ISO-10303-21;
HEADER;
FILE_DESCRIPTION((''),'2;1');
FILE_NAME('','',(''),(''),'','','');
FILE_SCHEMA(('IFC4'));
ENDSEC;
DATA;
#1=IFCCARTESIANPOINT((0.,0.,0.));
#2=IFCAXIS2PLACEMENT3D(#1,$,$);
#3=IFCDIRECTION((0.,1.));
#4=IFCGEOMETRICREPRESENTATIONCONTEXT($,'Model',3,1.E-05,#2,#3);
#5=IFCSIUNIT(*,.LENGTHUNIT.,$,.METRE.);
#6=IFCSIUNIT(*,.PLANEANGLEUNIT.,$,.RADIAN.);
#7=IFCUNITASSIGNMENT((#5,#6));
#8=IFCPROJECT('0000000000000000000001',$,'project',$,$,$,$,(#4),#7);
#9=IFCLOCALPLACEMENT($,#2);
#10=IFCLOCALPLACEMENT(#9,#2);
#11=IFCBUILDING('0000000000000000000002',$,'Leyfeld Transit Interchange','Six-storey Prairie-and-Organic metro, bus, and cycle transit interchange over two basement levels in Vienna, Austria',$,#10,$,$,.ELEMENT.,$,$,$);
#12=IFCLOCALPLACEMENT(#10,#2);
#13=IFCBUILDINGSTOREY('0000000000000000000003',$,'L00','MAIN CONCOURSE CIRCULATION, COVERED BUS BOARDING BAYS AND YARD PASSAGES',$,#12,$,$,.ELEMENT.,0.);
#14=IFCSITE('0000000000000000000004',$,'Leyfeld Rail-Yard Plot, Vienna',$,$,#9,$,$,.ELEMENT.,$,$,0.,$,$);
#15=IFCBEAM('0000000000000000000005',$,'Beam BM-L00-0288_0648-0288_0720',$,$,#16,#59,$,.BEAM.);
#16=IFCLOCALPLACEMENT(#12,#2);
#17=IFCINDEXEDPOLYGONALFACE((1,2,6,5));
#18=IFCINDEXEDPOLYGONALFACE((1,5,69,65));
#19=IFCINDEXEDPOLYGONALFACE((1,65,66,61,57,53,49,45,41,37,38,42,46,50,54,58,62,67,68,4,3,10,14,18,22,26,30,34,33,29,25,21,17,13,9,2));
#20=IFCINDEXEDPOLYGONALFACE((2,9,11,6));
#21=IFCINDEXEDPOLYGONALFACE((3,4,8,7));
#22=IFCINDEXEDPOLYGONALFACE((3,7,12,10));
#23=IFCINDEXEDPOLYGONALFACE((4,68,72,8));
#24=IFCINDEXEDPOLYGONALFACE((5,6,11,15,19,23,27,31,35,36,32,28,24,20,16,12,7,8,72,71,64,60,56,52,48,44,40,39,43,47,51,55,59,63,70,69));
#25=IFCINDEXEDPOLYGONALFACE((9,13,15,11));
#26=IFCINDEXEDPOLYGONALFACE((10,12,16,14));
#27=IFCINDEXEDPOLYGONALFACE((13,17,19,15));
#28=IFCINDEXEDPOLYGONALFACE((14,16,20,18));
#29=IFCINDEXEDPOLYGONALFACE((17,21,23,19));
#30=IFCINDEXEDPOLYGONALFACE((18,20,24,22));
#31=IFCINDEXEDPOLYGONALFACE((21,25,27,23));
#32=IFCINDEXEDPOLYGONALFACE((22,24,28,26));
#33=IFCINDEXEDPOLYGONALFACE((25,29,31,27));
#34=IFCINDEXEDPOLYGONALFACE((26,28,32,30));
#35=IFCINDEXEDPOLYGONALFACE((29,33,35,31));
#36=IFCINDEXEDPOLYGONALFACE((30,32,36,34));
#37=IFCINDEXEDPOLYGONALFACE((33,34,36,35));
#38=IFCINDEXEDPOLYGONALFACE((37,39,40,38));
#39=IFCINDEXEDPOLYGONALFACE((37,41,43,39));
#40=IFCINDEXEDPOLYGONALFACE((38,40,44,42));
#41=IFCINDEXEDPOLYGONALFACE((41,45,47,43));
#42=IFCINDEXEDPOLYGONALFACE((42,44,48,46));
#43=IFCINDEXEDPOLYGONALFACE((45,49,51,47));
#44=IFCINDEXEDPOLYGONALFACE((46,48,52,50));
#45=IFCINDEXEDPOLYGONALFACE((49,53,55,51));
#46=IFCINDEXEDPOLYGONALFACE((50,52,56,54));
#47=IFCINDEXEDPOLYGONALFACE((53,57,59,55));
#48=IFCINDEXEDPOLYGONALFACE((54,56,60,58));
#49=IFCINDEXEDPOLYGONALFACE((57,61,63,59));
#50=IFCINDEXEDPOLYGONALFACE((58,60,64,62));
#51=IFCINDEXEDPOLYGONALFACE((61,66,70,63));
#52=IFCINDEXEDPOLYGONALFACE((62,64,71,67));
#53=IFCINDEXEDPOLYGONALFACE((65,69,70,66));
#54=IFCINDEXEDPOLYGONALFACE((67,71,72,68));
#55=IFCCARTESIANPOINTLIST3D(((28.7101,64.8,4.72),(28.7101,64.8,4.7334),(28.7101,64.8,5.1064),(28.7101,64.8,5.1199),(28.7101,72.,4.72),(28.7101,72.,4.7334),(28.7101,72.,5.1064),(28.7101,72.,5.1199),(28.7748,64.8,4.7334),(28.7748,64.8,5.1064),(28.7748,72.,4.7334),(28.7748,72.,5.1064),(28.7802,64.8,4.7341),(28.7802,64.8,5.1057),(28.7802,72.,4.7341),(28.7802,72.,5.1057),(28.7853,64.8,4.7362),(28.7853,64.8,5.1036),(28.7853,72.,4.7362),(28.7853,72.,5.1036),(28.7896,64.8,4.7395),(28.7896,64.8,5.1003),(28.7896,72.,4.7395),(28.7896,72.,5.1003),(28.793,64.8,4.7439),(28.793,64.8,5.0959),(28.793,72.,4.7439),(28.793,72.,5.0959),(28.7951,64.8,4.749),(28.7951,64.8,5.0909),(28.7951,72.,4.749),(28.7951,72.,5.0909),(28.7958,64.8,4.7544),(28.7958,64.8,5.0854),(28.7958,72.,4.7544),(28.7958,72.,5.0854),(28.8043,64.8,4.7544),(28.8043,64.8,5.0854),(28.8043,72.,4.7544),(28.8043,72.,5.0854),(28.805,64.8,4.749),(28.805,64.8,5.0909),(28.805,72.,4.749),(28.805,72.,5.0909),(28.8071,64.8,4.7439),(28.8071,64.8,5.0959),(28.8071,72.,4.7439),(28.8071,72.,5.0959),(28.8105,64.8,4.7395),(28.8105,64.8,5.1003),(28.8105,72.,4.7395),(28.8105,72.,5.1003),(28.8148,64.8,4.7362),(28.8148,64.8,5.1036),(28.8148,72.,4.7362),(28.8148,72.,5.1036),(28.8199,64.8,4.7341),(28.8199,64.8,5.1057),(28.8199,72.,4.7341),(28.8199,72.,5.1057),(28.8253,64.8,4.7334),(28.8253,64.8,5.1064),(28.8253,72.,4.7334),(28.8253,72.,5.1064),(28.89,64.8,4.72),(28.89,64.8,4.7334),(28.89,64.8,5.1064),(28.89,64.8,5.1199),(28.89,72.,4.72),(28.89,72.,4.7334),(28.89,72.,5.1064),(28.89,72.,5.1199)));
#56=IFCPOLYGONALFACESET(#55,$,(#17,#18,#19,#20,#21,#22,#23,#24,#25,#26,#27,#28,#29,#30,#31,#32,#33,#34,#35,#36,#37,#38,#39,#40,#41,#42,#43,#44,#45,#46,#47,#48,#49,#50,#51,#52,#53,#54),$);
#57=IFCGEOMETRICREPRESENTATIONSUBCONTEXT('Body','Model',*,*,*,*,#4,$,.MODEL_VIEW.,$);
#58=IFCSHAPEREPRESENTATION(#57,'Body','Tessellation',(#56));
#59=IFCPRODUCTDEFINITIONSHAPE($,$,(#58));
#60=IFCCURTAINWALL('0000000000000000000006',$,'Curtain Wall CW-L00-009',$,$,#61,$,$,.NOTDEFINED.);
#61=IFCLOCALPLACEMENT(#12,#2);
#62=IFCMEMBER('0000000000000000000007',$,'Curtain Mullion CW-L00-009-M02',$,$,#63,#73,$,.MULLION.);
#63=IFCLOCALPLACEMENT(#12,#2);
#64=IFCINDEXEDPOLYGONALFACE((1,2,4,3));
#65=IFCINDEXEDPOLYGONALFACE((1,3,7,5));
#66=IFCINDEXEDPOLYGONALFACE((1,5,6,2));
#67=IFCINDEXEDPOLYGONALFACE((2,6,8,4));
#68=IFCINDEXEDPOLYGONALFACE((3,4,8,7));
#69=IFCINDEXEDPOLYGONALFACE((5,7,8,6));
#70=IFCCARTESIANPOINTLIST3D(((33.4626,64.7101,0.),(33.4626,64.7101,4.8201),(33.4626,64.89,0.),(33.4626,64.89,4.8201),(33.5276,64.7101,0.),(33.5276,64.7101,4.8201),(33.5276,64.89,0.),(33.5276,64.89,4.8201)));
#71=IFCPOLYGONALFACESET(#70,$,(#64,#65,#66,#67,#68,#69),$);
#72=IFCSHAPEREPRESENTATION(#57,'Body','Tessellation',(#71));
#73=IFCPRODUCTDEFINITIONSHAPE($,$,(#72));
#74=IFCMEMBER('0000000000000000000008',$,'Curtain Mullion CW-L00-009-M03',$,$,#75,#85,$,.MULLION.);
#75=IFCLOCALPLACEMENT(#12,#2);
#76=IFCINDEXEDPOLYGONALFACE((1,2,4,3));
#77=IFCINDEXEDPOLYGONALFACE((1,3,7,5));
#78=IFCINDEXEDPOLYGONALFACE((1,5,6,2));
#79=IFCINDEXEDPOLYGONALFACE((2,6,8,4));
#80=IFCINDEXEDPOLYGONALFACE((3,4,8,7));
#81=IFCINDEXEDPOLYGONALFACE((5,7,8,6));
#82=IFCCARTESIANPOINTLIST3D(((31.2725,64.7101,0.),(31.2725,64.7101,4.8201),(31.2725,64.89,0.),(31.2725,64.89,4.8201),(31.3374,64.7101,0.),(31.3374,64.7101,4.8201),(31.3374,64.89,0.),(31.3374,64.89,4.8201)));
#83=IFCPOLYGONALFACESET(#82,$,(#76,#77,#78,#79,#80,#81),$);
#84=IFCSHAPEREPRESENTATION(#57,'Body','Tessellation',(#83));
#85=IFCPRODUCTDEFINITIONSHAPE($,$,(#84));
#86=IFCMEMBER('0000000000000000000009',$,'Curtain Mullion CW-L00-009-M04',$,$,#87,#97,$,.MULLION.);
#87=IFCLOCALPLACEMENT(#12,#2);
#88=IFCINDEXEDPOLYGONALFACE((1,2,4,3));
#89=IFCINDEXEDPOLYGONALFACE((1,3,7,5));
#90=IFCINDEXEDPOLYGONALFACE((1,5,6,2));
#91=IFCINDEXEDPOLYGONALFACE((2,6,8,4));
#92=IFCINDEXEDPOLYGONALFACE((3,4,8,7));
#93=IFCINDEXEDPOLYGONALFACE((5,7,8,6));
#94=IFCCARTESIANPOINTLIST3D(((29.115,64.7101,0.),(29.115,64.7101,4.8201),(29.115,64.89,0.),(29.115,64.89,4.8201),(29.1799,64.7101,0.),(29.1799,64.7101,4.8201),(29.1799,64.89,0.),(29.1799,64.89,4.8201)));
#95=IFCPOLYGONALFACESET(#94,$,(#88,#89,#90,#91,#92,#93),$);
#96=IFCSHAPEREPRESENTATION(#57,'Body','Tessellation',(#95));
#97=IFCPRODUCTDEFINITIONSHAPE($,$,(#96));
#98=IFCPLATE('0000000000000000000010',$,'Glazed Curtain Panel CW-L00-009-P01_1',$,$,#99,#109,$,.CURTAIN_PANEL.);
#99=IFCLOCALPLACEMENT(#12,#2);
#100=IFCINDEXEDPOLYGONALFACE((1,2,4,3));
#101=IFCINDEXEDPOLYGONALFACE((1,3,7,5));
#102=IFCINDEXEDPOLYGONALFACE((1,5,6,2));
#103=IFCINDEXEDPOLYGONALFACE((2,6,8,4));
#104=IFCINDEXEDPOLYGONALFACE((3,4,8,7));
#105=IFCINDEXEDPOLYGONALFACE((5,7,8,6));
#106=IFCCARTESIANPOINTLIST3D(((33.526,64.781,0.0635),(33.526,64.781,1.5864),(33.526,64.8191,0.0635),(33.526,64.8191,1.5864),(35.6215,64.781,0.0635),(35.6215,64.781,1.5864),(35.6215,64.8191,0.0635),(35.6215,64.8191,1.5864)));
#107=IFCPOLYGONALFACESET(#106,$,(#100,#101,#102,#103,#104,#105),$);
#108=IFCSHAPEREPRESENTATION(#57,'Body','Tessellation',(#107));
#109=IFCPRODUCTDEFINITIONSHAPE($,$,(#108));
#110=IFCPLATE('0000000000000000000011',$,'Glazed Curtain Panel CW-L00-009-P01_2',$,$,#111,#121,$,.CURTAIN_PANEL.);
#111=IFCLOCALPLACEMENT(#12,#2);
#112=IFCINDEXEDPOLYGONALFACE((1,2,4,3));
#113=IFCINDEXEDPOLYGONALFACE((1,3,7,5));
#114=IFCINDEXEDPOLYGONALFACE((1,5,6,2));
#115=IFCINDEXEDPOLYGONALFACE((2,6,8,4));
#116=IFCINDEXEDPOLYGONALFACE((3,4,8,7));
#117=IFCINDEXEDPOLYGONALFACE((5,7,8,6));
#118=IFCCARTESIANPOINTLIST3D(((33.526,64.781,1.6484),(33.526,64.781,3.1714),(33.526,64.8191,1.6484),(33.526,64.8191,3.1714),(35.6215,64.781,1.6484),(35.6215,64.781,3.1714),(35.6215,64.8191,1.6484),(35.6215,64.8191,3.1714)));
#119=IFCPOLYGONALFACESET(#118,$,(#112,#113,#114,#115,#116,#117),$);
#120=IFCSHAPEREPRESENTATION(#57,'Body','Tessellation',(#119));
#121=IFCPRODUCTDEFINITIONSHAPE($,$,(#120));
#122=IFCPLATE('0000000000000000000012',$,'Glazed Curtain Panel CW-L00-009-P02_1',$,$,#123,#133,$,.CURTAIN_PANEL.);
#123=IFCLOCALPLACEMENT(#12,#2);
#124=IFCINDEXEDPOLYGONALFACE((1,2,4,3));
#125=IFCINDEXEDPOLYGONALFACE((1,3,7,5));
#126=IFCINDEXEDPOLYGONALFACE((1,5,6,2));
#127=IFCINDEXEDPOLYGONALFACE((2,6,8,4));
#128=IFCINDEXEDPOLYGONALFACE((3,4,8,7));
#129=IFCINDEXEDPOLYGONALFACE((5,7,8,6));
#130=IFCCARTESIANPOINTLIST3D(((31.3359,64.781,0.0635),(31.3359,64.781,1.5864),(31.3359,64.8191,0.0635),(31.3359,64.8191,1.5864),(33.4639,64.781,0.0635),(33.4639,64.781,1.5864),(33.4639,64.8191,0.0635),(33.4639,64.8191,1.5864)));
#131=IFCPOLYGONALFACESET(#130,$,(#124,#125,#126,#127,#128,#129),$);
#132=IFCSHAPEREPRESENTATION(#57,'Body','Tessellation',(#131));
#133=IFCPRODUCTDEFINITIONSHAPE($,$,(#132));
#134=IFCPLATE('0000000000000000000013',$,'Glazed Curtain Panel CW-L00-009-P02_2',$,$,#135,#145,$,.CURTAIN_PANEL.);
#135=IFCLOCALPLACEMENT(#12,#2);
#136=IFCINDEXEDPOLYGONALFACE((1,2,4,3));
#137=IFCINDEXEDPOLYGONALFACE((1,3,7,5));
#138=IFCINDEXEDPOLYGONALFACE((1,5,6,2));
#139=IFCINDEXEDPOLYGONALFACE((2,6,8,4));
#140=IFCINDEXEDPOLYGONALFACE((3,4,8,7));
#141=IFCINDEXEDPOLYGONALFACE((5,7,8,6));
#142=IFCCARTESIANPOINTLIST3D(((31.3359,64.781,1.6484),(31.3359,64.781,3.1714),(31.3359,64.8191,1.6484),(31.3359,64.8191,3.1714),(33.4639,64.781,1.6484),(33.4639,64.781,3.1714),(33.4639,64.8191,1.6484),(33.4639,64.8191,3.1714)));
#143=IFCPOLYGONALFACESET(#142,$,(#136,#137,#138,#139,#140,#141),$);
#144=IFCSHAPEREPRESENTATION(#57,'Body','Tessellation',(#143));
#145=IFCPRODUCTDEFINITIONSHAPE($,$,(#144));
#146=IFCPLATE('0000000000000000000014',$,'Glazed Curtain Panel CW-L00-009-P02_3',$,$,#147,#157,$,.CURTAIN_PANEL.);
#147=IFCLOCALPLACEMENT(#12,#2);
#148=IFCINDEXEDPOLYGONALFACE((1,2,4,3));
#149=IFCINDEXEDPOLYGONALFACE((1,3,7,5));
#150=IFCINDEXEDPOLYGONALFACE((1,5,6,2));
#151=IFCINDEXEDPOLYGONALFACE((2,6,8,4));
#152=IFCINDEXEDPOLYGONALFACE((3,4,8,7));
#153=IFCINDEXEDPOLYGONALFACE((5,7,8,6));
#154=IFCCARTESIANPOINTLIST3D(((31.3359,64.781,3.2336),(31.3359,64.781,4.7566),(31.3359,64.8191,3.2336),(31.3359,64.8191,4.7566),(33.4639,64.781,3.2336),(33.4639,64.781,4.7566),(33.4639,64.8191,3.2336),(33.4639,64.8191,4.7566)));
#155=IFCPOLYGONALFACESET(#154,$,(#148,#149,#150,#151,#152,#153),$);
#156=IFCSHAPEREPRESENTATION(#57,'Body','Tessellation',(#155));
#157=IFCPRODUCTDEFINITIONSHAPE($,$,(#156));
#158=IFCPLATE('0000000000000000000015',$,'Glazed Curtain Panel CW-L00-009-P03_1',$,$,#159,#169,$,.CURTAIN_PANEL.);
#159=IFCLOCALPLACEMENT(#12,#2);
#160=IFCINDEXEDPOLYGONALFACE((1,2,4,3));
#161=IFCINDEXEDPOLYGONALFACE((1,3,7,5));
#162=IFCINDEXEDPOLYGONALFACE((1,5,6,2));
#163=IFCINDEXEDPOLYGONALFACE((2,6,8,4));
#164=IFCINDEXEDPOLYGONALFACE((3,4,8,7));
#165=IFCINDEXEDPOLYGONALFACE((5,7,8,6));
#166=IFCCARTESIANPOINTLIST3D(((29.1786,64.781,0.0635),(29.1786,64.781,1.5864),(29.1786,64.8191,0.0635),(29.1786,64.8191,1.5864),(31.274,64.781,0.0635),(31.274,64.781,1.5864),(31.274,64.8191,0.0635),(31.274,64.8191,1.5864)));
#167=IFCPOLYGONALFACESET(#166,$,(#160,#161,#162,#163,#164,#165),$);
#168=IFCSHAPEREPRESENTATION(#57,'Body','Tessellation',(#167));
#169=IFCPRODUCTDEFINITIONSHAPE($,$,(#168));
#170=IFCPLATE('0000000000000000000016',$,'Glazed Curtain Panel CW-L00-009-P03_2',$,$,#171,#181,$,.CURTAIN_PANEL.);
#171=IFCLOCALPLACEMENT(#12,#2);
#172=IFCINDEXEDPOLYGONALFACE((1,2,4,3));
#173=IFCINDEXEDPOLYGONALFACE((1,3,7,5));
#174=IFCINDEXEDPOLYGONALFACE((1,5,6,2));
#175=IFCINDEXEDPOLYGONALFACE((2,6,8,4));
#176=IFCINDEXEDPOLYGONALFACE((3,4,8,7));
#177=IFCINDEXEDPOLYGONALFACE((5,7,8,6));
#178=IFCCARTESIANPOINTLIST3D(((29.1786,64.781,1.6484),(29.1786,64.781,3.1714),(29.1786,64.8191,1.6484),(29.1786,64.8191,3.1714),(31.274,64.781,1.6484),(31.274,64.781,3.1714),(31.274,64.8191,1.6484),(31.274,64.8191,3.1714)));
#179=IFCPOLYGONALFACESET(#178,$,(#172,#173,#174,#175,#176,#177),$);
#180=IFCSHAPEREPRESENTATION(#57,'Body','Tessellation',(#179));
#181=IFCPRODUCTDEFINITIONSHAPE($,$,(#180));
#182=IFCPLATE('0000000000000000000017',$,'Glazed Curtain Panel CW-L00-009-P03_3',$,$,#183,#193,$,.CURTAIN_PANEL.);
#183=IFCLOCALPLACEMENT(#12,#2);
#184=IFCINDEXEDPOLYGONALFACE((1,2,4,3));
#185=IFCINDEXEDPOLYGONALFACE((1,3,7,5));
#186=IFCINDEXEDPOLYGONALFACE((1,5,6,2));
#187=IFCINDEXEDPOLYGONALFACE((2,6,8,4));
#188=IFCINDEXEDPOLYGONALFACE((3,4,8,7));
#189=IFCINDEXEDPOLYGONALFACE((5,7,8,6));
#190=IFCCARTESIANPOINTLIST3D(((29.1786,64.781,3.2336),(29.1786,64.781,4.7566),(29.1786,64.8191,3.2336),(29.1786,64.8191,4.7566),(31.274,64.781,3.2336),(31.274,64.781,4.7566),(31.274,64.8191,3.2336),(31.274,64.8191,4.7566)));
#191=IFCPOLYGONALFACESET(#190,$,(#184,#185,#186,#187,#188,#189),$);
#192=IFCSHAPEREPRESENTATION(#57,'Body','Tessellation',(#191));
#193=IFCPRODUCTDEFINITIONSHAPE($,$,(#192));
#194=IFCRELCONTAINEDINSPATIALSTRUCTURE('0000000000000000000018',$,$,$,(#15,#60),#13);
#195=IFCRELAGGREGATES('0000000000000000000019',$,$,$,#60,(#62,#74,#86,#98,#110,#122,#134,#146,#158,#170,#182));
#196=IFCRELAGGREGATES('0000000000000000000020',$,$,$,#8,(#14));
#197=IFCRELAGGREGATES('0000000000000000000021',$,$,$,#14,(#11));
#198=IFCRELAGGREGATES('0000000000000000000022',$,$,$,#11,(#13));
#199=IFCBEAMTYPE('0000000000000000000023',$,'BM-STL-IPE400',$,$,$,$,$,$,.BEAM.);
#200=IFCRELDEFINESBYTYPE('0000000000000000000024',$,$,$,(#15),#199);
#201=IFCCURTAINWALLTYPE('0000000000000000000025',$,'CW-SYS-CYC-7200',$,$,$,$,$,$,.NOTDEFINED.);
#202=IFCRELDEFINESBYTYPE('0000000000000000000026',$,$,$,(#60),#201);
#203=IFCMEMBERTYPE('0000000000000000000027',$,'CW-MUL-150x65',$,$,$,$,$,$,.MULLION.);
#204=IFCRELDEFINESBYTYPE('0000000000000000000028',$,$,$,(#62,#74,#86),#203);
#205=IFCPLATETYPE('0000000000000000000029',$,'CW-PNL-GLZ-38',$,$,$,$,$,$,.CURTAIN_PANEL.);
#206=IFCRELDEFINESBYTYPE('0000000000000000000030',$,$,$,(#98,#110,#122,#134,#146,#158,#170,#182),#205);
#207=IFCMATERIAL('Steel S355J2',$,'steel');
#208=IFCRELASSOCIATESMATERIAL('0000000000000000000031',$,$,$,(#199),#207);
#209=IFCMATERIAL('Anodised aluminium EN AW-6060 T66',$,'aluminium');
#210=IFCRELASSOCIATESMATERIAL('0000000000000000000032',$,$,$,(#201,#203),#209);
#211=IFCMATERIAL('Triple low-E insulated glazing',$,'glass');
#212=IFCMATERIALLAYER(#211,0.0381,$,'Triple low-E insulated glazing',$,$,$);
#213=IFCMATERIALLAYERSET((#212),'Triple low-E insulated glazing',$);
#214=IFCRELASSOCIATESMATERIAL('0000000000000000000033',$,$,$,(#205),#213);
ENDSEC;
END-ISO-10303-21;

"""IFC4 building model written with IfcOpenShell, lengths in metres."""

from ifc_helpers import new_model, si_unit, direction, frame, origin, origin_2d, place, context, subcontext, project, spatial, rectangle, i_section, extrude, material, layer, layer_set, material_profile, profile_set, type_object, element, aggregate, save


model = new_model("IFC4")

# Units and contexts
model_context = context("Model", 3, precision=1e-05, world=origin(), true_north=direction((0.0, 1.0)))
body_context = subcontext(model_context, "Body", "Model", "MODEL_VIEW")
ifc_project = project(units=[si_unit("LENGTHUNIT", "METRE"), si_unit("PLANEANGLEUNIT", "RADIAN")], contexts=[model_context])

# Site, building, storey
site_placement = place(None, origin())
site = spatial("IfcSite", under=ifc_project, at=site_placement, Name="Leyfeld Rail-Yard Plot, Vienna", CompositionType="ELEMENT", RefElevation=0.0)
building_placement = place(site_placement, origin())
building = spatial("IfcBuilding", under=site, at=building_placement, Name="Leyfeld Transit Interchange", Description="Six-storey Prairie-and-Organic metro, bus, and cycle transit interchange over two basement levels in Vienna, Austria", CompositionType="ELEMENT")
storey_placement = place(building_placement, origin())
storey = spatial("IfcBuildingStorey", under=building, at=storey_placement, Name="L00", Description="MAIN CONCOURSE CIRCULATION, COVERED BUS BOARDING BAYS AND YARD PASSAGES", CompositionType="ELEMENT", Elevation=0.0)

# Beam
ifc_material_1 = material(Name="Steel S355J2", Category="steel")
ifc_material_profile_1 = material_profile(ifc_material_1, i_section(OverallWidth=0.1799, OverallDepth=0.3999, WebThickness=0.0085, FlangeThickness=0.0134, FilletRadius=0.021, at=origin_2d()), Name="IPE 400")
ifc_profile_set_1 = profile_set([ifc_material_profile_1], Name="Steel S355J2")
beam_type_1 = type_object("IfcBeamType", Name="BM-STL-IPE400", PredefinedType="BEAM", material=ifc_profile_set_1)
beam_1_placement = place(storey_placement, frame((28.8, 64.8, 4.9199), z_axis=(0.0, 1.0, 0.0), x_axis=(-1.0, 0.0, 0.0)))
element("IfcBeam", 1, at=beam_1_placement, inside=storey, type_object=beam_type_1, Name="Beam BM-L00-0288_0648-0288_0720", PredefinedType="BEAM", context=body_context, shape_type="SweptSolid", body=[
    extrude(i_section(OverallWidth=0.1799, OverallDepth=0.3999, WebThickness=0.0085, FlangeThickness=0.0134, FilletRadius=0.021, at=origin_2d()), origin(), (0.0, 0.0, 1.0), 7.2),
])

# Curtain wall, members, plates
ifc_material_2 = material(Name="Anodised aluminium EN AW-6060 T66", Category="aluminium")
curtain_wall_type = type_object("IfcCurtainWallType", Name="CW-SYS-CYC-7200", PredefinedType="NOTDEFINED", material=ifc_material_2)
curtain_wall_placement = place(storey_placement, origin())
curtain_wall = element("IfcCurtainWall", 2, at=curtain_wall_placement, inside=storey, type_object=curtain_wall_type, Name="Curtain Wall CW-L00-009", PredefinedType="NOTDEFINED")
ifc_material_profile_2 = material_profile(ifc_material_2, rectangle(XDim=0.0649, YDim=0.1799, at=origin_2d()), Name="CW-M 65x180")
ifc_profile_set_2 = profile_set([ifc_material_profile_2], Name="Anodised aluminium EN AW-6060 T66")
member_type = type_object("IfcMemberType", Name="CW-MUL-150x65", PredefinedType="MULLION", material=ifc_profile_set_2)
member_1_placement = place(storey_placement, frame((33.4951, 64.8, 0.0), z_axis=(0.0, 0.0, 1.0), x_axis=(-1.0, 0.0, 0.0)))
member_1 = element("IfcMember", 3, at=member_1_placement, type_object=member_type, Name="Curtain Mullion CW-L00-009-M02", PredefinedType="MULLION", context=body_context, shape_type="SweptSolid", body=[
    extrude(rectangle(XDim=0.0649, YDim=0.1799, at=origin_2d()), origin(), (0.0, 0.0, 1.0), 4.8201),
])
member_2_placement = place(storey_placement, frame((31.3049, 64.8, 0.0), z_axis=(0.0, 0.0, 1.0), x_axis=(-1.0, 0.0, 0.0)))
member_2 = element("IfcMember", 4, at=member_2_placement, type_object=member_type, Name="Curtain Mullion CW-L00-009-M03", PredefinedType="MULLION", context=body_context, shape_type="SweptSolid", body=[
    extrude(rectangle(XDim=0.0649, YDim=0.1799, at=origin_2d()), origin(), (0.0, 0.0, 1.0), 4.8201),
])
member_3_placement = place(storey_placement, frame((29.1475, 64.8, 0.0), z_axis=(0.0, 0.0, 1.0), x_axis=(-1.0, 0.0, 0.0)))
member_3 = element("IfcMember", 5, at=member_3_placement, type_object=member_type, Name="Curtain Mullion CW-L00-009-M04", PredefinedType="MULLION", context=body_context, shape_type="SweptSolid", body=[
    extrude(rectangle(XDim=0.0649, YDim=0.1799, at=origin_2d()), origin(), (0.0, 0.0, 1.0), 4.8201),
])
ifc_material_3 = material(Name="Triple low-E insulated glazing", Category="glass")
ifc_layer_1 = layer(ifc_material_3, 0.0381, Name="Triple low-E insulated glazing")
ifc_layer_set_1 = layer_set([ifc_layer_1], Name="Triple low-E insulated glazing")
plate_type_1 = type_object("IfcPlateType", Name="CW-PNL-GLZ-38", PredefinedType="CURTAIN_PANEL", material=ifc_layer_set_1)
plate_1_placement = place(storey_placement, frame((34.5737, 64.8, 0.0635), z_axis=(0.0, 0.0, 1.0), x_axis=(-1.0, 0.0, 0.0)))
plate_1 = element("IfcPlate", 6, at=plate_1_placement, type_object=plate_type_1, Name="Glazed Curtain Panel CW-L00-009-P01_1", PredefinedType="CURTAIN_PANEL", context=body_context, shape_type="SweptSolid", body=[
    extrude(rectangle(XDim=2.0955, YDim=0.0381, at=origin_2d()), origin(), (0.0, 0.0, 1.0), 1.5229),
])
plate_2_placement = place(storey_placement, frame((34.5737, 64.8, 1.6484), z_axis=(0.0, 0.0, 1.0), x_axis=(-1.0, 0.0, 0.0)))
plate_2 = element("IfcPlate", 7, at=plate_2_placement, type_object=plate_type_1, Name="Glazed Curtain Panel CW-L00-009-P01_2", PredefinedType="CURTAIN_PANEL", context=body_context, shape_type="SweptSolid", body=[
    extrude(rectangle(XDim=2.0955, YDim=0.0381, at=origin_2d()), origin(), (0.0, 0.0, 1.0), 1.5229),
])
plate_3_placement = place(storey_placement, frame((32.3999, 64.8, 0.0635), z_axis=(0.0, 0.0, 1.0), x_axis=(-1.0, 0.0, 0.0)))
plate_3 = element("IfcPlate", 8, at=plate_3_placement, type_object=plate_type_1, Name="Glazed Curtain Panel CW-L00-009-P02_1", PredefinedType="CURTAIN_PANEL", context=body_context, shape_type="SweptSolid", body=[
    extrude(rectangle(XDim=2.1279, YDim=0.0381, at=origin_2d()), origin(), (0.0, 0.0, 1.0), 1.5229),
])
plate_4_placement = place(storey_placement, frame((32.3999, 64.8, 1.6484), z_axis=(0.0, 0.0, 1.0), x_axis=(-1.0, 0.0, 0.0)))
plate_4 = element("IfcPlate", 9, at=plate_4_placement, type_object=plate_type_1, Name="Glazed Curtain Panel CW-L00-009-P02_2", PredefinedType="CURTAIN_PANEL", context=body_context, shape_type="SweptSolid", body=[
    extrude(rectangle(XDim=2.1279, YDim=0.0381, at=origin_2d()), origin(), (0.0, 0.0, 1.0), 1.5229),
])
plate_5_placement = place(storey_placement, frame((32.3999, 64.8, 3.2336), z_axis=(0.0, 0.0, 1.0), x_axis=(-1.0, 0.0, 0.0)))
plate_5 = element("IfcPlate", 10, at=plate_5_placement, type_object=plate_type_1, Name="Glazed Curtain Panel CW-L00-009-P02_3", PredefinedType="CURTAIN_PANEL", context=body_context, shape_type="SweptSolid", body=[
    extrude(rectangle(XDim=2.1279, YDim=0.0381, at=origin_2d()), origin(), (0.0, 0.0, 1.0), 1.5229),
])
plate_6_placement = place(storey_placement, frame((30.2263, 64.8, 0.0635), z_axis=(0.0, 0.0, 1.0), x_axis=(-1.0, 0.0, 0.0)))
plate_6 = element("IfcPlate", 11, at=plate_6_placement, type_object=plate_type_1, Name="Glazed Curtain Panel CW-L00-009-P03_1", PredefinedType="CURTAIN_PANEL", context=body_context, shape_type="SweptSolid", body=[
    extrude(rectangle(XDim=2.0955, YDim=0.0381, at=origin_2d()), origin(), (0.0, 0.0, 1.0), 1.5229),
])
plate_7_placement = place(storey_placement, frame((30.2263, 64.8, 1.6484), z_axis=(0.0, 0.0, 1.0), x_axis=(-1.0, 0.0, 0.0)))
plate_7 = element("IfcPlate", 12, at=plate_7_placement, type_object=plate_type_1, Name="Glazed Curtain Panel CW-L00-009-P03_2", PredefinedType="CURTAIN_PANEL", context=body_context, shape_type="SweptSolid", body=[
    extrude(rectangle(XDim=2.0955, YDim=0.0381, at=origin_2d()), origin(), (0.0, 0.0, 1.0), 1.5229),
])
plate_8_placement = place(storey_placement, frame((30.2263, 64.8, 3.2336), z_axis=(0.0, 0.0, 1.0), x_axis=(-1.0, 0.0, 0.0)))
plate_8 = element("IfcPlate", 13, at=plate_8_placement, type_object=plate_type_1, Name="Glazed Curtain Panel CW-L00-009-P03_3", PredefinedType="CURTAIN_PANEL", context=body_context, shape_type="SweptSolid", body=[
    extrude(rectangle(XDim=2.0955, YDim=0.0381, at=origin_2d()), origin(), (0.0, 0.0, 1.0), 1.5229),
])
aggregate(curtain_wall, [member_1, member_2, member_3, plate_1, plate_2, plate_3, plate_4, plate_5, plate_6, plate_7, plate_8])

save(model, "model.ifc")
